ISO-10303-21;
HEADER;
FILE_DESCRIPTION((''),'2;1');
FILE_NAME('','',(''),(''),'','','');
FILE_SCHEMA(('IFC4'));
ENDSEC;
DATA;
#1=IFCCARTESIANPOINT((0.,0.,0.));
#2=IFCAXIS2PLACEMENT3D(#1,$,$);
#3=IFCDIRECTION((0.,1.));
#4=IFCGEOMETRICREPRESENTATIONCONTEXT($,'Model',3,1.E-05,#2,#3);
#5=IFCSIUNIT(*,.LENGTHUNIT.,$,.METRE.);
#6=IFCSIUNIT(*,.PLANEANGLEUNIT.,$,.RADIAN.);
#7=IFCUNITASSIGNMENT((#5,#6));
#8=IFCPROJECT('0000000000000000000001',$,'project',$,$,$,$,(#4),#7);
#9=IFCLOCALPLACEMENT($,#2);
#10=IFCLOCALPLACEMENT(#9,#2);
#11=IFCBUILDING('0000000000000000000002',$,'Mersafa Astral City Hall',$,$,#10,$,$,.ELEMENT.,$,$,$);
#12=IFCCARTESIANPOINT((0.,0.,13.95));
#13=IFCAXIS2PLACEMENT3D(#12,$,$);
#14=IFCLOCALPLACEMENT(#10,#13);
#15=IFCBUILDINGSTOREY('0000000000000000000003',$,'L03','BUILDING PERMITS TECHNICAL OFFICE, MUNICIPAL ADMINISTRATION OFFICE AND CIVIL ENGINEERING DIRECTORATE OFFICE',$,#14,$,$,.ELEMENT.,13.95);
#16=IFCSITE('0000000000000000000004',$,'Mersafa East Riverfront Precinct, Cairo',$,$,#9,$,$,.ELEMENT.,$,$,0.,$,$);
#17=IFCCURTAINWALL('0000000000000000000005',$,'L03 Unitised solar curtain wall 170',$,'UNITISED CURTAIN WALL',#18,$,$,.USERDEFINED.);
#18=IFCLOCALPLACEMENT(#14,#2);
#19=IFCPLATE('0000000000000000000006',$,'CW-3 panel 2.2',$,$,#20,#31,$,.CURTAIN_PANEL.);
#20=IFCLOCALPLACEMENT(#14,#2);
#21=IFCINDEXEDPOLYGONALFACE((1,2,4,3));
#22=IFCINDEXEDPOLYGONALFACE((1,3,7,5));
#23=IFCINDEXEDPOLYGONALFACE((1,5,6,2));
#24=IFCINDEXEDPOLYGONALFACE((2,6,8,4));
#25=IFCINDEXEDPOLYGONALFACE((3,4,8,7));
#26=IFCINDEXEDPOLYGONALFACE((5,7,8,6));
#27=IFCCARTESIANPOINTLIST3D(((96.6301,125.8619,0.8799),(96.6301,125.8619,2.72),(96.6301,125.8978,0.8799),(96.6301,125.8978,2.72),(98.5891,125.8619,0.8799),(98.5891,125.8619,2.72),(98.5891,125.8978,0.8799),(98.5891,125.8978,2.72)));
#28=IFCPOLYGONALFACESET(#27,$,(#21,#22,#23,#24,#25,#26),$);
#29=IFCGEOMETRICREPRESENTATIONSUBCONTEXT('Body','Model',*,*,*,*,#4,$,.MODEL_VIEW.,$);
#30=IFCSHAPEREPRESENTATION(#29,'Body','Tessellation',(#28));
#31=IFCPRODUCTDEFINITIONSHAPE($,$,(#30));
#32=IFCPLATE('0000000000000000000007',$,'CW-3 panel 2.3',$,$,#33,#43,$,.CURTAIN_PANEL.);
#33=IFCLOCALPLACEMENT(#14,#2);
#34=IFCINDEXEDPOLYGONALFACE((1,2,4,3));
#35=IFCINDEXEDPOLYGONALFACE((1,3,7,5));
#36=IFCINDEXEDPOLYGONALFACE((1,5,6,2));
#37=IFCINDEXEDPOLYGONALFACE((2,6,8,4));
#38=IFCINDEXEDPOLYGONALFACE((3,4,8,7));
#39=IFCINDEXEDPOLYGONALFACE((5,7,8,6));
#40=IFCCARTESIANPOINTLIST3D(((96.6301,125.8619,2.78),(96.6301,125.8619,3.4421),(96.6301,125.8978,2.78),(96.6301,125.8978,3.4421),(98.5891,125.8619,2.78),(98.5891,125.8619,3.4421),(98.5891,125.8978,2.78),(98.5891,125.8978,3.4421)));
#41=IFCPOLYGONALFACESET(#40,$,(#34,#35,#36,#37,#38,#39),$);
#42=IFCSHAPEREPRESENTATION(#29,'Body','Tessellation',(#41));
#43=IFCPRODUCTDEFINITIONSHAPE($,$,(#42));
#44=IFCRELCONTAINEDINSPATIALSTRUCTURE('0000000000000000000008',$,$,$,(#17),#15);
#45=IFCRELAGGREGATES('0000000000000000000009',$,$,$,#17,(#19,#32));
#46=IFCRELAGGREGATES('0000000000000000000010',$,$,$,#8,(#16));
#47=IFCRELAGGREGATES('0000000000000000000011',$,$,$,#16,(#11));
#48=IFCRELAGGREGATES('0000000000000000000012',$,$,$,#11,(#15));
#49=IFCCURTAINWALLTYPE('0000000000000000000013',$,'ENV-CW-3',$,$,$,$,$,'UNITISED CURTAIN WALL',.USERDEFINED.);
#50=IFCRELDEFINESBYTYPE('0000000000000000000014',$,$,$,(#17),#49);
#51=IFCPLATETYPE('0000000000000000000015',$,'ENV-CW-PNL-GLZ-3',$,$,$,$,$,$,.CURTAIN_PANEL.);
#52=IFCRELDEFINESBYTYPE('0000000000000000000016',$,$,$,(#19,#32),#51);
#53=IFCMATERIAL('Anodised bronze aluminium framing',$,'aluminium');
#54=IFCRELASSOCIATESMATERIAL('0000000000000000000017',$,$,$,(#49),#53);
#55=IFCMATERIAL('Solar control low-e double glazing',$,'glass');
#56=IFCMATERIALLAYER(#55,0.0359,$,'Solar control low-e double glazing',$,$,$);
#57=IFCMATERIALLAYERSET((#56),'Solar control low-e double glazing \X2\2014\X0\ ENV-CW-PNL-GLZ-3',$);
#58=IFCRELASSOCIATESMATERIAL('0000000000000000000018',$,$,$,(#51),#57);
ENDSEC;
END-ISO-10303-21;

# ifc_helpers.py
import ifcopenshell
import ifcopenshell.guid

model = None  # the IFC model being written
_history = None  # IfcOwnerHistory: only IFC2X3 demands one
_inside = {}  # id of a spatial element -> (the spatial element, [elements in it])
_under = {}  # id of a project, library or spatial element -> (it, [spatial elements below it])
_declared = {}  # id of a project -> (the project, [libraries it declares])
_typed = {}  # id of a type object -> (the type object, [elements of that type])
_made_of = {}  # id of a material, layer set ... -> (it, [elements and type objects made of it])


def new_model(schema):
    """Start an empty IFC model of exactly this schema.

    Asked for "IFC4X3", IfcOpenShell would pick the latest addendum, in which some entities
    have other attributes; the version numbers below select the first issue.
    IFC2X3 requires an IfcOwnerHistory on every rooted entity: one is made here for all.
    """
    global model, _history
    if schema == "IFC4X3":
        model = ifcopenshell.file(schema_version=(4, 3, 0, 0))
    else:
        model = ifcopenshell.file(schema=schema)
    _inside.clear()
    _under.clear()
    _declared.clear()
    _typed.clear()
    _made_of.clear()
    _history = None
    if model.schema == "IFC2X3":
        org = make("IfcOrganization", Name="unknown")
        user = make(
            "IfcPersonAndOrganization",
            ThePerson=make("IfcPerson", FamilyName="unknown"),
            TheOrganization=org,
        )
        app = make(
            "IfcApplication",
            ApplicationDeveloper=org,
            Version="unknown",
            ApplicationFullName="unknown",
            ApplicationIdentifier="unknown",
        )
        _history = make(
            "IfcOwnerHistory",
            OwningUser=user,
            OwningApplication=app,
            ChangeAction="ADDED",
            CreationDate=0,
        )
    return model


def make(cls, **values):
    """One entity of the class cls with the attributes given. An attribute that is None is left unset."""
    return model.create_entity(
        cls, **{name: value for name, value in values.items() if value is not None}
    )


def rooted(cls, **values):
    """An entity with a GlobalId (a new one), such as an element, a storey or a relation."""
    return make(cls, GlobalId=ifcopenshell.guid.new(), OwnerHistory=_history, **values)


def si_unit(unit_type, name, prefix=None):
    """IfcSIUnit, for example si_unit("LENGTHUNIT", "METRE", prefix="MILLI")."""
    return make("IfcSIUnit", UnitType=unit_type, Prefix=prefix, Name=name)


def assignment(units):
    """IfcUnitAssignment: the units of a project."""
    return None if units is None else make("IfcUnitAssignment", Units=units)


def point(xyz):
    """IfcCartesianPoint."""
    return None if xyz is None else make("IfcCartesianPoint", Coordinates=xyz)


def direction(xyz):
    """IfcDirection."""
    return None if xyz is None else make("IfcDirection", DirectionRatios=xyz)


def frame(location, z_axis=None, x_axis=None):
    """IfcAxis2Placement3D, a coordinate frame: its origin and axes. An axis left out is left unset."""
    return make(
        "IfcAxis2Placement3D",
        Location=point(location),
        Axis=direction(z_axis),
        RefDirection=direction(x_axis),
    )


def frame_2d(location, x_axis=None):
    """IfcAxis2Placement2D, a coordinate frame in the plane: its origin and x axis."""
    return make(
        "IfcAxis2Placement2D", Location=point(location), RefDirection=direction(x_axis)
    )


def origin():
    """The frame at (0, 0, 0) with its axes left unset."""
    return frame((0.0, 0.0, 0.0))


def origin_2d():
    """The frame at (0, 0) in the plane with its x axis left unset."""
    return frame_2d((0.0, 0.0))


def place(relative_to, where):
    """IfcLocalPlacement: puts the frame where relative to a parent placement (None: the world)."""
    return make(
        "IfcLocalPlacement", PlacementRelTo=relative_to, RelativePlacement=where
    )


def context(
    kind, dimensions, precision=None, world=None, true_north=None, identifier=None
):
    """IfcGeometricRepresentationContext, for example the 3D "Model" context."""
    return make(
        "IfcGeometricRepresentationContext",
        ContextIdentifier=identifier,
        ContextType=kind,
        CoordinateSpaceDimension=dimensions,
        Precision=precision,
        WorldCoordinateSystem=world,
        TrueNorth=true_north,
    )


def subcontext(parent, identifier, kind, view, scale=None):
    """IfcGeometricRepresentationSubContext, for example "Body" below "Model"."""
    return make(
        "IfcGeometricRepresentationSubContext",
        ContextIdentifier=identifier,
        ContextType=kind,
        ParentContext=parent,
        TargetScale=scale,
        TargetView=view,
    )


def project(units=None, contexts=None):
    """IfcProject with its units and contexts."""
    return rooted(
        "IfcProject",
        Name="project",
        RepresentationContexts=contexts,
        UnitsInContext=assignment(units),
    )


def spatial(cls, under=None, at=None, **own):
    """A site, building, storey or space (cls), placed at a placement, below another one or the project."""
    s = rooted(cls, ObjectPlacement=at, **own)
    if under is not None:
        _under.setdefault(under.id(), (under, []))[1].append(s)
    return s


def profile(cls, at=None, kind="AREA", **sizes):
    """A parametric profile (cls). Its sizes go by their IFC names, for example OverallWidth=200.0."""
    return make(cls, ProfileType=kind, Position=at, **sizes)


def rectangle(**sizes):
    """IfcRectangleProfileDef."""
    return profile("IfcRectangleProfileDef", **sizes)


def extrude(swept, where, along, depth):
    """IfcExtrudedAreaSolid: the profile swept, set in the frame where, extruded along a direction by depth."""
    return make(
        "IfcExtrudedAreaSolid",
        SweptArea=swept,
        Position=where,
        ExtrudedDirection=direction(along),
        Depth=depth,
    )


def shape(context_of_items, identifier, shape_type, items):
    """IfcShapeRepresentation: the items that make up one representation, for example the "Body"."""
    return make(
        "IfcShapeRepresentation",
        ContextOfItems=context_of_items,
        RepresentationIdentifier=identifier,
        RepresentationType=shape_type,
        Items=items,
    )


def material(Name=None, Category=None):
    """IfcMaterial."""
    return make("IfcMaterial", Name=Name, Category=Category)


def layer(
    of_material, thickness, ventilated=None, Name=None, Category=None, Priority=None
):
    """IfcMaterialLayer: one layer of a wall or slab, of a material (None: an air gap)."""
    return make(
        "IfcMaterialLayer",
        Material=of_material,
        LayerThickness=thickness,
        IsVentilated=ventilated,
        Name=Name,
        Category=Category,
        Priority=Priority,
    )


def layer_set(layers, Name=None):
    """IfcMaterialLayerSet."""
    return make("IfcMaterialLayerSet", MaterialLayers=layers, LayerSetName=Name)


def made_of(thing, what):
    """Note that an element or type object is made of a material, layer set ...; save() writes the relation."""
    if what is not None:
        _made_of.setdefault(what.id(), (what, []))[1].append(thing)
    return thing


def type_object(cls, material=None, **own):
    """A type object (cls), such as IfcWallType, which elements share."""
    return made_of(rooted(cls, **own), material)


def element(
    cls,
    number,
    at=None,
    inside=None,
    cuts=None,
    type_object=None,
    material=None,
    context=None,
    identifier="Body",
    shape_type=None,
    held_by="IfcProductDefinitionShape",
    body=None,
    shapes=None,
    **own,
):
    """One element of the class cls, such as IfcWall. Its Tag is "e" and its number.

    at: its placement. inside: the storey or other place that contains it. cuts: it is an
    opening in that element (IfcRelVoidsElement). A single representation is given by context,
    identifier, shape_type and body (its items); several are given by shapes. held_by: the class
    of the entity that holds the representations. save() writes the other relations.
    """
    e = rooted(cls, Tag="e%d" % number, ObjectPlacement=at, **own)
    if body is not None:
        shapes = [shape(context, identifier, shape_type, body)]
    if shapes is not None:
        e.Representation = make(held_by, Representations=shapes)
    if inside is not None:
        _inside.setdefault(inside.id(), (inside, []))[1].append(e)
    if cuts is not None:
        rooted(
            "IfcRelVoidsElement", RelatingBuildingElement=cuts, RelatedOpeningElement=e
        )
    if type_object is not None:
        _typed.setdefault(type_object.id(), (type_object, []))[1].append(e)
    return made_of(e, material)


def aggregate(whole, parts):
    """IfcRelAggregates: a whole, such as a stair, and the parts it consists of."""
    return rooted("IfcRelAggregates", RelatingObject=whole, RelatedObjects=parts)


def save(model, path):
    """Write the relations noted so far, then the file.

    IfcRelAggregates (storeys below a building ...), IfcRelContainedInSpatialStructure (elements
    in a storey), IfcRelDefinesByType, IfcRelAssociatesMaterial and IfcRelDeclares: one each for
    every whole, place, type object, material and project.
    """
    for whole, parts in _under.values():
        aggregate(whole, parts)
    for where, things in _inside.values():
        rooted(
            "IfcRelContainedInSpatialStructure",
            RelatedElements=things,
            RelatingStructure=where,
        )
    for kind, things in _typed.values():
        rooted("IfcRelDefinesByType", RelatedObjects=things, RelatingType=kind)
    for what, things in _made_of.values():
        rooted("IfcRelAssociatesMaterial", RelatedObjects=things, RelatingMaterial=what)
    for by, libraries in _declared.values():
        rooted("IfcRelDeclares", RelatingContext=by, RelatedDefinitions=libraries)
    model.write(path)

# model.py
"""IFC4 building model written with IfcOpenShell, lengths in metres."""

from ifc_helpers import new_model, si_unit, direction, frame, origin, origin_2d, place, context, subcontext, project, spatial, rectangle, extrude, material, layer, layer_set, type_object, element, aggregate, save


model = new_model("IFC4")

# Units and contexts
model_context = context("Model", 3, precision=1e-05, world=origin(), true_north=direction((0.0, 1.0)))
body_context = subcontext(model_context, "Body", "Model", "MODEL_VIEW")
ifc_project = project(units=[si_unit("LENGTHUNIT", "METRE"), si_unit("PLANEANGLEUNIT", "RADIAN")], contexts=[model_context])

# Site, building, storey
site_placement = place(None, origin())
site = spatial("IfcSite", under=ifc_project, at=site_placement, Name="Mersafa East Riverfront Precinct, Cairo", CompositionType="ELEMENT", RefElevation=0.0)
building_placement = place(site_placement, origin())
building = spatial("IfcBuilding", under=site, at=building_placement, Name="Mersafa Astral City Hall", CompositionType="ELEMENT")
storey_placement = place(building_placement, frame((0.0, 0.0, 13.95)))
storey = spatial("IfcBuildingStorey", under=building, at=storey_placement, Name="L03", Description="BUILDING PERMITS TECHNICAL OFFICE, MUNICIPAL ADMINISTRATION OFFICE AND CIVIL ENGINEERING DIRECTORATE OFFICE", CompositionType="ELEMENT", Elevation=13.95)

# Curtain wall
ifc_material_1 = material(Name="Anodised bronze aluminium framing", Category="aluminium")
curtain_wall_type = type_object("IfcCurtainWallType", Name="ENV-CW-3", ElementType="UNITISED CURTAIN WALL", PredefinedType="USERDEFINED", material=ifc_material_1)
curtain_wall_placement = place(storey_placement, origin())
curtain_wall = element("IfcCurtainWall", 1, at=curtain_wall_placement, inside=storey, type_object=curtain_wall_type, Name="L03 Unitised solar curtain wall 170", ObjectType="UNITISED CURTAIN WALL", PredefinedType="USERDEFINED")

# Plates
ifc_material_2 = material(Name="Solar control low-e double glazing", Category="glass")
ifc_layer = layer(ifc_material_2, 0.0359, Name="Solar control low-e double glazing")
ifc_layer_set = layer_set([ifc_layer], Name="Solar control low-e double glazing — ENV-CW-PNL-GLZ-3")
plate_type = type_object("IfcPlateType", Name="ENV-CW-PNL-GLZ-3", PredefinedType="CURTAIN_PANEL", material=ifc_layer_set)
plate_1_placement = place(storey_placement, frame((97.6096, 125.8799, 0.8799), z_axis=(0.0, 0.0, 1.0), x_axis=(-1.0, 0.0, 0.0)))
plate_1 = element("IfcPlate", 2, at=plate_1_placement, type_object=plate_type, Name="CW-3 panel 2.2", PredefinedType="CURTAIN_PANEL", context=body_context, shape_type="SweptSolid", body=[
    extrude(rectangle(XDim=1.959, YDim=0.0359, at=origin_2d()), origin(), (0.0, 0.0, 1.0), 1.8401),
])
plate_2_placement = place(storey_placement, frame((97.6096, 125.8799, 2.78), z_axis=(0.0, 0.0, 1.0), x_axis=(-1.0, 0.0, 0.0)))
plate_2 = element("IfcPlate", 3, at=plate_2_placement, type_object=plate_type, Name="CW-3 panel 2.3", PredefinedType="CURTAIN_PANEL", context=body_context, shape_type="SweptSolid", body=[
    extrude(rectangle(XDim=1.959, YDim=0.0359, at=origin_2d()), origin(), (0.0, 0.0, 1.0), 0.6621),
])
aggregate(curtain_wall, [plate_1, plate_2])

save(model, "model.ifc")
